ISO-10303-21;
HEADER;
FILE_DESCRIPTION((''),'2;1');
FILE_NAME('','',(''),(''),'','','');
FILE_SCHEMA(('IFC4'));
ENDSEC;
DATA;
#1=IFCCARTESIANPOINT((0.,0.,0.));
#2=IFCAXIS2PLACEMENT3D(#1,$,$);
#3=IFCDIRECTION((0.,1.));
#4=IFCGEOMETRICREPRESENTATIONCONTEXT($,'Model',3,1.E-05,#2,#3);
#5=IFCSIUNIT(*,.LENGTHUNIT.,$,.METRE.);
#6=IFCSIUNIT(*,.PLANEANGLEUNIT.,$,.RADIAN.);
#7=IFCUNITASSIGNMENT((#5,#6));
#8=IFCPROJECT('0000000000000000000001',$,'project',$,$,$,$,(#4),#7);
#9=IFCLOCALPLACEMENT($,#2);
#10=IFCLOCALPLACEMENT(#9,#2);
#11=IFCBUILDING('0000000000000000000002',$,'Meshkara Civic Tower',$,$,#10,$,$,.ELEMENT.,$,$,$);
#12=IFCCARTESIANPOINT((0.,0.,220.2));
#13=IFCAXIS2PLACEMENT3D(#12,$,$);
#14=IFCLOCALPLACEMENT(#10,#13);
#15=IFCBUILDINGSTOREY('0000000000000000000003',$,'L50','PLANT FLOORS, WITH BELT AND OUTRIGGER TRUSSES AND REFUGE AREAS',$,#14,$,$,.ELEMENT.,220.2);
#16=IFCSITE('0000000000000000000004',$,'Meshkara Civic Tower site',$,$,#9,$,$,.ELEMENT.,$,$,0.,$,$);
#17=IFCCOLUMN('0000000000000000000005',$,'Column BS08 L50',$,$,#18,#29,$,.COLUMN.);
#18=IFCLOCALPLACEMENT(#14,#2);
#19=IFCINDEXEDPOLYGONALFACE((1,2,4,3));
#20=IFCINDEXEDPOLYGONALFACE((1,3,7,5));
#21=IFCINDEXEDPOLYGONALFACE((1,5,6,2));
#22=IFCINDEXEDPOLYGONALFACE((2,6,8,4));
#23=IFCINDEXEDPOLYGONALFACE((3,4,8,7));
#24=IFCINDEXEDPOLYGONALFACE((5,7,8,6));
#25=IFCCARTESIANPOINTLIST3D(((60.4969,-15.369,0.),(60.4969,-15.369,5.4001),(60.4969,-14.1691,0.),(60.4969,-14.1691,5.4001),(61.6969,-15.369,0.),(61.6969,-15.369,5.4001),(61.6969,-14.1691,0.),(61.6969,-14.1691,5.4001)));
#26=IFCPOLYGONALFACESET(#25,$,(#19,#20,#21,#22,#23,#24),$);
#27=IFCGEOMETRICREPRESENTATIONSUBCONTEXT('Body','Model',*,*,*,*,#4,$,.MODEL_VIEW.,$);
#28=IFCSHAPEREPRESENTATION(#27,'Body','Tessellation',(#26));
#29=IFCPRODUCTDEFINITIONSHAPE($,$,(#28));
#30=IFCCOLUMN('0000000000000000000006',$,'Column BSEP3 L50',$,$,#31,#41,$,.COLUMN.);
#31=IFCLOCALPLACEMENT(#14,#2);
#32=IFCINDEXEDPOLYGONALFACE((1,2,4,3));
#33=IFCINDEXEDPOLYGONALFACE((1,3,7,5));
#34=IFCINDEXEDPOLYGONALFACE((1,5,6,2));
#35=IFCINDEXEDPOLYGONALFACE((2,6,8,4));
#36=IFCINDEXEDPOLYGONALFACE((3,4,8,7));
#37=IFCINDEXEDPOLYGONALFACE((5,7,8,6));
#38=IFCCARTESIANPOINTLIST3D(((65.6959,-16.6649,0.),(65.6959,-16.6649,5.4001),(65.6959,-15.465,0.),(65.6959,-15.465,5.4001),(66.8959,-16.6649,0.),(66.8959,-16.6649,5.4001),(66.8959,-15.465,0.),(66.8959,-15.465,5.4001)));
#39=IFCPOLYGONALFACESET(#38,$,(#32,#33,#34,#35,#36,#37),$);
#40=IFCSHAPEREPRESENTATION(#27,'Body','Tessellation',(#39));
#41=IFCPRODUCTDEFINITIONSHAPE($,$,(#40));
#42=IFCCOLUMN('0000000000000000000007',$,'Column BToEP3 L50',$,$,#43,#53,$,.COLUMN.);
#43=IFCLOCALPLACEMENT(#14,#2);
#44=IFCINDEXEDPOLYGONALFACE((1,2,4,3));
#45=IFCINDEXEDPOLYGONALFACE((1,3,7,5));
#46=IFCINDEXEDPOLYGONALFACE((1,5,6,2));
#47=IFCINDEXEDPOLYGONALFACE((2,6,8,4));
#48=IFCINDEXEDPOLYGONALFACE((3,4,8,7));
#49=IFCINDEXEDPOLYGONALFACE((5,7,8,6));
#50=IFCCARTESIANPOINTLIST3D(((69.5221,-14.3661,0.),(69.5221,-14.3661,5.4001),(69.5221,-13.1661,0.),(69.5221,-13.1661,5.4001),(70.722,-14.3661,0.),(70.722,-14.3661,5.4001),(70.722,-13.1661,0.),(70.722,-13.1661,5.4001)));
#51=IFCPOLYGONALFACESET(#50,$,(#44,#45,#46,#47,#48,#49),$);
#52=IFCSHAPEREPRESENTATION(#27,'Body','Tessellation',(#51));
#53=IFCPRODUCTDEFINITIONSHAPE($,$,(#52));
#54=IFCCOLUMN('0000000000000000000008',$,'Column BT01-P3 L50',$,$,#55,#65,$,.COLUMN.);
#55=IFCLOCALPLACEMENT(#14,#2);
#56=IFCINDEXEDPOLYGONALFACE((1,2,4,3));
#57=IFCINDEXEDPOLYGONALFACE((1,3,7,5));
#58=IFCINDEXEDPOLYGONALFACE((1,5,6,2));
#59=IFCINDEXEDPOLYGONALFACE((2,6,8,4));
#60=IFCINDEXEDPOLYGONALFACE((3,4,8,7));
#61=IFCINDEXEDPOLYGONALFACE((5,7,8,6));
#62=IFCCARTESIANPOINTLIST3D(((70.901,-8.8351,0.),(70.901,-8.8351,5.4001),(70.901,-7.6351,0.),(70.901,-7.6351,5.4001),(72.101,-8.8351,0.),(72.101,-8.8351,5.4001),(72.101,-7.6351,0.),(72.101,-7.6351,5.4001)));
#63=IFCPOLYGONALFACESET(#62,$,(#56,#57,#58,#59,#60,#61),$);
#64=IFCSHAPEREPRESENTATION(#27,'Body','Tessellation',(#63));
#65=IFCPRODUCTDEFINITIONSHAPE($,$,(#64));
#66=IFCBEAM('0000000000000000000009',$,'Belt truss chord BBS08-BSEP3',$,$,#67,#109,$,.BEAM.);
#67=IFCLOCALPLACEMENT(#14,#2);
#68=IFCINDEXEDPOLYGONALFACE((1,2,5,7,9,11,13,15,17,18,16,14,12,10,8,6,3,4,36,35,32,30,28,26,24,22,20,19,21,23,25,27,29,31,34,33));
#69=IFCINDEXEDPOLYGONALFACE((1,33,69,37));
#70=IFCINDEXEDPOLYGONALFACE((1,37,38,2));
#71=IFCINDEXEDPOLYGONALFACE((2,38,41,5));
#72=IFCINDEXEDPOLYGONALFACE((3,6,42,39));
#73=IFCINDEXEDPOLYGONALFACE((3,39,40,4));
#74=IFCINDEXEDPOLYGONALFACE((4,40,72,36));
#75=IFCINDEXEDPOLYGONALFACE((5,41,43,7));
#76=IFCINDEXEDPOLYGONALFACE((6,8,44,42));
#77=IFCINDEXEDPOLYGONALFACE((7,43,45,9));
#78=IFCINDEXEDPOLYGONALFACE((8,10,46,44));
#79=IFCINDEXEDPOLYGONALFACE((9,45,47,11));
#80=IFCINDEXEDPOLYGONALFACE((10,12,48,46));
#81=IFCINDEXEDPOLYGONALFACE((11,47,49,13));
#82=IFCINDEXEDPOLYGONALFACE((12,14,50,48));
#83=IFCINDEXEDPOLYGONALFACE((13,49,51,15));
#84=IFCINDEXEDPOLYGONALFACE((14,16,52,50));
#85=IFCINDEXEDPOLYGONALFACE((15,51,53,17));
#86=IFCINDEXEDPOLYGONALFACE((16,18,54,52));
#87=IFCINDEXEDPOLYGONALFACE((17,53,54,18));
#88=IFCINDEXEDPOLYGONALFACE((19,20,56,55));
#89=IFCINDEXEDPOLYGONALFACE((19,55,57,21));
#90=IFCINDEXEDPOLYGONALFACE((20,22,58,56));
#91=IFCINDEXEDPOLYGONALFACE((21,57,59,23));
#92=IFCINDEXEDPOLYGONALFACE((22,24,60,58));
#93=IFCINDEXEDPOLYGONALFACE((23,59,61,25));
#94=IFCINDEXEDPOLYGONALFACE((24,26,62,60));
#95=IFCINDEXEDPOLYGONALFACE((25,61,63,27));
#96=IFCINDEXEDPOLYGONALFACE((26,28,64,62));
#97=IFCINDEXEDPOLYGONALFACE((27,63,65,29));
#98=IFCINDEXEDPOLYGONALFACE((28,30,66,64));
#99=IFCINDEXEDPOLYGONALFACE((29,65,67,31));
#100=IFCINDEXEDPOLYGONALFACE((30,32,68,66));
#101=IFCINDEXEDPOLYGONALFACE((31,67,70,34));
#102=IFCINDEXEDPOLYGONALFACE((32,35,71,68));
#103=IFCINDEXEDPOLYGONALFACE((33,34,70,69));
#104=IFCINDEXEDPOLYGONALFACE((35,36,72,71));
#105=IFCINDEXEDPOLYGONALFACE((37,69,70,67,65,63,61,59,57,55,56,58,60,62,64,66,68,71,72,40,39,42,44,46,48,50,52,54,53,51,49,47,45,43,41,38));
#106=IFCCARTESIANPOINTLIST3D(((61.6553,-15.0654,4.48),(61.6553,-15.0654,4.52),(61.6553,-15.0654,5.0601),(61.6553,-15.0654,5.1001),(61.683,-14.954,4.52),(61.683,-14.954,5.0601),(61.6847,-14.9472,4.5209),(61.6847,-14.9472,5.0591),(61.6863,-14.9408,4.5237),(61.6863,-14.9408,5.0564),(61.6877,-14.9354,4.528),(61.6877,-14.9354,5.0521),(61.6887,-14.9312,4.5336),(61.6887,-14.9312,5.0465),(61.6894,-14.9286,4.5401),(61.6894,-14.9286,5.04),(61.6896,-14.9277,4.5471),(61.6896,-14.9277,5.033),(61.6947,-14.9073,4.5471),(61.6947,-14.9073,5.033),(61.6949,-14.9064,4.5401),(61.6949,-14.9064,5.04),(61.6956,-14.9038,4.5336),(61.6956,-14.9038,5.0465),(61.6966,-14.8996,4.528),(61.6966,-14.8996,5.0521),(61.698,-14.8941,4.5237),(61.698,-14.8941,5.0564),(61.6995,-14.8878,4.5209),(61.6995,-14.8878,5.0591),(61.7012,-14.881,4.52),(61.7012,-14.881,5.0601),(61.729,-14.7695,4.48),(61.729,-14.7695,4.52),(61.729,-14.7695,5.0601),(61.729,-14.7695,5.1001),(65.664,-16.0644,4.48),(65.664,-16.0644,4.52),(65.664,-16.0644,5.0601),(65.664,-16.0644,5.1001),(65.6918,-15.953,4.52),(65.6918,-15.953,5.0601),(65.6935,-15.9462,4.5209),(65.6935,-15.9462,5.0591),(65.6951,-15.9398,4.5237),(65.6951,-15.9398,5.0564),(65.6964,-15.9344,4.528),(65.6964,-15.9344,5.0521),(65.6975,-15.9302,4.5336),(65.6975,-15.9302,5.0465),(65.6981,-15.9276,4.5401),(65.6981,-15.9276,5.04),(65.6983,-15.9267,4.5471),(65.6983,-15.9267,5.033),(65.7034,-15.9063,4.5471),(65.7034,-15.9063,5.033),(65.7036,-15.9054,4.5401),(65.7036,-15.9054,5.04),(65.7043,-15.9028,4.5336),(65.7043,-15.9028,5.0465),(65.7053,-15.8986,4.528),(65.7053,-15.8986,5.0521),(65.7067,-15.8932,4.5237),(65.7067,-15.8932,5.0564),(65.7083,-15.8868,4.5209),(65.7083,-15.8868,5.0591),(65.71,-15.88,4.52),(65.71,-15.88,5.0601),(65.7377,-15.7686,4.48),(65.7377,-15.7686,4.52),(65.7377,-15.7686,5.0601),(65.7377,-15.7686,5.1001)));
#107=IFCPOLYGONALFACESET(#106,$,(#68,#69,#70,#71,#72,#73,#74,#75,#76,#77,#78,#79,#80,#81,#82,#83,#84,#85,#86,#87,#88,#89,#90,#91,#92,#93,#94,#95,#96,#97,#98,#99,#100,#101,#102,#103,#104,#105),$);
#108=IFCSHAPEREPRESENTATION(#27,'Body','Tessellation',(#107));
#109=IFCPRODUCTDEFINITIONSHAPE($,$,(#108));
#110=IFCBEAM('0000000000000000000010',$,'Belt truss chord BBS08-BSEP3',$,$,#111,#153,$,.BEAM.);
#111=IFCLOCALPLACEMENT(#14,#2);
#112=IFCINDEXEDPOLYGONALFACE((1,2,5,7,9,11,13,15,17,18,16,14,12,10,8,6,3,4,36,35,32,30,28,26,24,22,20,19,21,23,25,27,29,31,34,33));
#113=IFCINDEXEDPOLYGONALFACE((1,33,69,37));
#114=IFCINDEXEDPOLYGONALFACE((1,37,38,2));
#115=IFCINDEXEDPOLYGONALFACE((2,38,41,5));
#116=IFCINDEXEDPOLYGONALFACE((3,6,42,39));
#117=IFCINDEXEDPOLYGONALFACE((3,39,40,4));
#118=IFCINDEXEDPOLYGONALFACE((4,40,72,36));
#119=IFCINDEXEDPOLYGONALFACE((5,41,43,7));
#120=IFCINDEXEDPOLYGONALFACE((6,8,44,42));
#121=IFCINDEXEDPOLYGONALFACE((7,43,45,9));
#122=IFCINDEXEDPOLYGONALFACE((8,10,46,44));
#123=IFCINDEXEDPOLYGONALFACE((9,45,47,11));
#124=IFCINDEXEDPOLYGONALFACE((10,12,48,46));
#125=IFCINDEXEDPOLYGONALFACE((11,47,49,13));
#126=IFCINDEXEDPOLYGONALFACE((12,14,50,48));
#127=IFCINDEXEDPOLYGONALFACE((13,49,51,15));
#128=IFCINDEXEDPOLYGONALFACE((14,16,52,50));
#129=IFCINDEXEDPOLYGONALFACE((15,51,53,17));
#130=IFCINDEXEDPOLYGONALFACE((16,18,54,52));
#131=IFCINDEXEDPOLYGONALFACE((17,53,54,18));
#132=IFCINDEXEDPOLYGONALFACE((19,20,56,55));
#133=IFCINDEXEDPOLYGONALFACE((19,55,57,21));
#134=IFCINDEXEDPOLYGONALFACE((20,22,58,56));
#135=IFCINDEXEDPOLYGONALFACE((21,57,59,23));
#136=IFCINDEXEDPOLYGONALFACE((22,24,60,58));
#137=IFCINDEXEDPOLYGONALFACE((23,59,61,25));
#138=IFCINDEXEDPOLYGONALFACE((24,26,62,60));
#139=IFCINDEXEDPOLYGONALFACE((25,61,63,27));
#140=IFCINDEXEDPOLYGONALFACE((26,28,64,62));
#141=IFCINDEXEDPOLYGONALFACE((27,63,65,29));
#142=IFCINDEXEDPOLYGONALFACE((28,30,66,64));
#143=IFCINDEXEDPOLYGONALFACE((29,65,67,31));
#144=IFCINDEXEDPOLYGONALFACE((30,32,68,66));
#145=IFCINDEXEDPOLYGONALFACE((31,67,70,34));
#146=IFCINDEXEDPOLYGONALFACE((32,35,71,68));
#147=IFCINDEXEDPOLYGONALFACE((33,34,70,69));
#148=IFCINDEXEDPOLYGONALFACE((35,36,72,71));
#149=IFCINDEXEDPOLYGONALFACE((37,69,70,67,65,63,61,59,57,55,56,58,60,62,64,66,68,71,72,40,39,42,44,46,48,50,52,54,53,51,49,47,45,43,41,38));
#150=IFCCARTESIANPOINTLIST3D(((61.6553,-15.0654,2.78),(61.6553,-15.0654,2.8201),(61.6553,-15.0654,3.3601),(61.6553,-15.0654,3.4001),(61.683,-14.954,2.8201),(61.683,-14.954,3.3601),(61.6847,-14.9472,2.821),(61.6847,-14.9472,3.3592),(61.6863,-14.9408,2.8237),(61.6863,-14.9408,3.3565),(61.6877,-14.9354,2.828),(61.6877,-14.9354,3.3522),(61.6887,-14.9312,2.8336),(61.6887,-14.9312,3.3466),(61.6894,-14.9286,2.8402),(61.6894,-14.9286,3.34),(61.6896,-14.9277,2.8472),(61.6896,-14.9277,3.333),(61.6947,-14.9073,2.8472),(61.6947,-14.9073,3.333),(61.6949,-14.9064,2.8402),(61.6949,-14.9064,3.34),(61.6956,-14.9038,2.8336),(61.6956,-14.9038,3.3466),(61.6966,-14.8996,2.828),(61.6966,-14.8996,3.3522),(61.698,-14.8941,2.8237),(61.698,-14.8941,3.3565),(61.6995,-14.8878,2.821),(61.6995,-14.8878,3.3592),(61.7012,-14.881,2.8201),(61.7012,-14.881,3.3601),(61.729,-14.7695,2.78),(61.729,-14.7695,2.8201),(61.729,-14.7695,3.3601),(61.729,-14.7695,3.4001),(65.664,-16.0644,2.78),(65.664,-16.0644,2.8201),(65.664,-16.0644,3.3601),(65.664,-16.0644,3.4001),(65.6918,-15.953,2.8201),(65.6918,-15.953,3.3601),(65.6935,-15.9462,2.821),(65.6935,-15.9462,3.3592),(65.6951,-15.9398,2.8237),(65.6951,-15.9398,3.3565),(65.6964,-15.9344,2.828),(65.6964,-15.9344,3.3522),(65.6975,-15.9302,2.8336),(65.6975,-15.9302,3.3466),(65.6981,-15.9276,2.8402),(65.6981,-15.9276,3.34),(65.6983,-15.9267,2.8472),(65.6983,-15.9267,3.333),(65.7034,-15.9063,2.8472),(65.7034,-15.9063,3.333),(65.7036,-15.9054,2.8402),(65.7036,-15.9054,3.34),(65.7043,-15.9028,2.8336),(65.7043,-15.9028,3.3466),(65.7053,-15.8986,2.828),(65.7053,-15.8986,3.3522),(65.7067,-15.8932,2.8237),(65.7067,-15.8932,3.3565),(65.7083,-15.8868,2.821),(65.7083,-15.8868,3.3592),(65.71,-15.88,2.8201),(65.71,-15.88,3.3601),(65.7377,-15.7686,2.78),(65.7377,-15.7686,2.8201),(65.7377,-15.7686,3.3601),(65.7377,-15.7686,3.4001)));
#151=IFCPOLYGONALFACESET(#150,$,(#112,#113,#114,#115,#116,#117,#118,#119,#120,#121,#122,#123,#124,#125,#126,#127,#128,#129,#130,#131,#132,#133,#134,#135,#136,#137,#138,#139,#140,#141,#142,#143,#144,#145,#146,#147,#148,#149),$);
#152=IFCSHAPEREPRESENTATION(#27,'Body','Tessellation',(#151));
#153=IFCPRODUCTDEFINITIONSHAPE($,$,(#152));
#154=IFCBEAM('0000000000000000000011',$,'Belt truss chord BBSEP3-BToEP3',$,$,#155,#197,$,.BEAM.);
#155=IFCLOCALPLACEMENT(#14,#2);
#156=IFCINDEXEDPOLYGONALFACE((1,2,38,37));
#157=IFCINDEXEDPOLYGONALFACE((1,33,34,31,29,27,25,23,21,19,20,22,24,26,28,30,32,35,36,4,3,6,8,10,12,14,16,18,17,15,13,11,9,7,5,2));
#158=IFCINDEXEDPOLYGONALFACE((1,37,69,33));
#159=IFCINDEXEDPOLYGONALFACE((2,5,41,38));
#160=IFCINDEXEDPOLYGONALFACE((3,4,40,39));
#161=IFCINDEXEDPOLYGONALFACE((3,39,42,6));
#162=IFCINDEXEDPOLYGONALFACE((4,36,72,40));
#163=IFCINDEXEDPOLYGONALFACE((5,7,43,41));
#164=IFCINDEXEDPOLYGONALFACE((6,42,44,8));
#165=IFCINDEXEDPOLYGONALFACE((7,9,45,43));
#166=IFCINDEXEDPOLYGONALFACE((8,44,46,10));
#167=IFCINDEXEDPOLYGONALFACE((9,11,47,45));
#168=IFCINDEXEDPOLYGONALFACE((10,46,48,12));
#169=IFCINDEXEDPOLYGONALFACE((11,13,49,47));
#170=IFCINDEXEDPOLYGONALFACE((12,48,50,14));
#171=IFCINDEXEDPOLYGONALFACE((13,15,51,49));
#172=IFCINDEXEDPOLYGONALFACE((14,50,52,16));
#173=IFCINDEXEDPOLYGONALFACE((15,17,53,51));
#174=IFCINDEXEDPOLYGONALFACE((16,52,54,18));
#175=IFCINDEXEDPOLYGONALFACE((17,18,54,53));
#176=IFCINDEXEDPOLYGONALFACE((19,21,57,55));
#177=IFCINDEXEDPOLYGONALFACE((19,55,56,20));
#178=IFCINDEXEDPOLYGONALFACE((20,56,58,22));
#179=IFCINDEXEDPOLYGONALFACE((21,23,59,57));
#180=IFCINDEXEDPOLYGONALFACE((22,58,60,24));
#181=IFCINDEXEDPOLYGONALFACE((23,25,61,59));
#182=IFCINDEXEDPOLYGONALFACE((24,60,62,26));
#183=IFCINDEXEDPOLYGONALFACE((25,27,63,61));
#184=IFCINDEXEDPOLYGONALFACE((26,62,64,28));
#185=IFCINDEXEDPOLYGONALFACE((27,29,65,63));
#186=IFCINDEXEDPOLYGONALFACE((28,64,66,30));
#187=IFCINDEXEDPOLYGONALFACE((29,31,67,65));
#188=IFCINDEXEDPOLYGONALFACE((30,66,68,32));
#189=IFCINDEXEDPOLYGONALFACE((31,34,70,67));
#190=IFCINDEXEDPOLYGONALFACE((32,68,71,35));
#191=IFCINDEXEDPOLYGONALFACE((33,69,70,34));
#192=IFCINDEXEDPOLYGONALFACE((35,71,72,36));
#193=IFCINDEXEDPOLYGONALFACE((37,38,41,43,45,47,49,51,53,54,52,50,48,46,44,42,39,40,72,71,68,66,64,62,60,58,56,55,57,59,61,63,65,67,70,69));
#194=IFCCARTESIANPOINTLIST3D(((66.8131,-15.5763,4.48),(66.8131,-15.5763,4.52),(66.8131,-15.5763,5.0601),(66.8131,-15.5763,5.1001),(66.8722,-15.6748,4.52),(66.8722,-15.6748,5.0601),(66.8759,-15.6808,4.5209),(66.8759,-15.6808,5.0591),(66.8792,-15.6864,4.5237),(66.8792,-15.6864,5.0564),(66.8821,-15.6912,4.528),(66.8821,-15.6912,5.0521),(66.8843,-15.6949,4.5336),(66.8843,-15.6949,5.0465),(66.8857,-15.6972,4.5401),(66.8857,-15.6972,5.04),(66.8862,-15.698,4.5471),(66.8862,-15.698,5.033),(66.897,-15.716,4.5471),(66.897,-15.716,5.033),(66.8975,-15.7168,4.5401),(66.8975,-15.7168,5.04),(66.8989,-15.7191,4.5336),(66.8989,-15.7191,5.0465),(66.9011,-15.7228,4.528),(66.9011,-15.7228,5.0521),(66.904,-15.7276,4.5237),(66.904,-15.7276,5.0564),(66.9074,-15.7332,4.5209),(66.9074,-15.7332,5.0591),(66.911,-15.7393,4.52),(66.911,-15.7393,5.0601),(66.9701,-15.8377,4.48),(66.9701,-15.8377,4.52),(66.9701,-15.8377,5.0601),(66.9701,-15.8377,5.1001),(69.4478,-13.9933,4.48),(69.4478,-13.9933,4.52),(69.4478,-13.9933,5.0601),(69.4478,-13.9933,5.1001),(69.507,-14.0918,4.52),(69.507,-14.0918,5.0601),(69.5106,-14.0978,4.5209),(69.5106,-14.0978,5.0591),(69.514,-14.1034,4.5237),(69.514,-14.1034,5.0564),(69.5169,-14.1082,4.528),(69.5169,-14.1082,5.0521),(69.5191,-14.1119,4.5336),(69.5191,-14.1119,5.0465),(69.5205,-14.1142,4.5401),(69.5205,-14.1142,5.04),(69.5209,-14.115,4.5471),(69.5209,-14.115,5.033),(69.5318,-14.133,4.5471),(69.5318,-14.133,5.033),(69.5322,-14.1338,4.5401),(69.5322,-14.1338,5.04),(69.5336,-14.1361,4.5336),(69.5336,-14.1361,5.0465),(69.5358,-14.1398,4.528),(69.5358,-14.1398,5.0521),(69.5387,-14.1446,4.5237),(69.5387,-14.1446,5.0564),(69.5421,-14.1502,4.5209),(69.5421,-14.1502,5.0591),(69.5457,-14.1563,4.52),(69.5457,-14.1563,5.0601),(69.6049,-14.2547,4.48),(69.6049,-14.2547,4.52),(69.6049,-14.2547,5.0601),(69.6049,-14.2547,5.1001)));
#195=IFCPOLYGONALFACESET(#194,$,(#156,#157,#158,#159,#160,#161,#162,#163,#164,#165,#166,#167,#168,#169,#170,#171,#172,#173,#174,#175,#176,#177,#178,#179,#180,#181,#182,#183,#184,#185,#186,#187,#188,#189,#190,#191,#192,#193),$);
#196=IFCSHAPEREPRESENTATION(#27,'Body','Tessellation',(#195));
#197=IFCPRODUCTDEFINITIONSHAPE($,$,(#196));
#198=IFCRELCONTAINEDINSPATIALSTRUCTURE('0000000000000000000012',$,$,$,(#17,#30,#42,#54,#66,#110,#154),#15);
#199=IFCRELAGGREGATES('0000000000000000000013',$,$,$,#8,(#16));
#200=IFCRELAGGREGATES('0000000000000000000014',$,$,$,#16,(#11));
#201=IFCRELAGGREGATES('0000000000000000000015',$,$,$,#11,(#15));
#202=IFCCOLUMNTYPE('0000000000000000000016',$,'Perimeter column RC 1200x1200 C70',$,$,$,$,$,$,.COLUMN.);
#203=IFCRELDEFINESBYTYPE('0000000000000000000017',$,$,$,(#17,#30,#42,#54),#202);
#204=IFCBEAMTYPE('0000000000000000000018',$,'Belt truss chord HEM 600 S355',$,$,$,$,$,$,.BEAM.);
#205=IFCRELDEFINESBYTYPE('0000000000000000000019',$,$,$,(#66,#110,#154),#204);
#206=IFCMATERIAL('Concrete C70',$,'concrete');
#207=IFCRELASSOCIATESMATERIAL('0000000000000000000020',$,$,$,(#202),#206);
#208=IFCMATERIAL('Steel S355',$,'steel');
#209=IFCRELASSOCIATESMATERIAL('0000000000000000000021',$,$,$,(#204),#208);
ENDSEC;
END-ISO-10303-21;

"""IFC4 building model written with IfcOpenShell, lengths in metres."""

from ifc_helpers import new_model, si_unit, direction, frame, origin, origin_2d, place, context, subcontext, project, spatial, rectangle, i_section, extrude, material, material_profile, profile_set, type_object, element, save


model = new_model("IFC4")

# Units and contexts
model_context = context("Model", 3, precision=1e-05, world=origin(), true_north=direction((0.0, 1.0)))
body_context = subcontext(model_context, "Body", "Model", "MODEL_VIEW")
ifc_project = project(units=[si_unit("LENGTHUNIT", "METRE"), si_unit("PLANEANGLEUNIT", "RADIAN")], contexts=[model_context])

# Site, building, storey
site_placement = place(None, origin())
site = spatial("IfcSite", under=ifc_project, at=site_placement, Name="Meshkara Civic Tower site", CompositionType="ELEMENT", RefElevation=0.0)
building_placement = place(site_placement, origin())
building = spatial("IfcBuilding", under=site, at=building_placement, Name="Meshkara Civic Tower", CompositionType="ELEMENT")
storey_placement = place(building_placement, frame((0.0, 0.0, 220.2)))
storey = spatial("IfcBuildingStorey", under=building, at=storey_placement, Name="L50", Description="PLANT FLOORS, WITH BELT AND OUTRIGGER TRUSSES AND REFUGE AREAS", CompositionType="ELEMENT", Elevation=220.2)

# Columns
ifc_material_1 = material(Name="Concrete C70", Category="concrete")
ifc_material_profile_1 = material_profile(ifc_material_1, rectangle(XDim=1.2, YDim=1.2, at=origin_2d()))
ifc_profile_set_1 = profile_set([ifc_material_profile_1], Name="Concrete C70")
column_type = type_object("IfcColumnType", Name="Perimeter column RC 1200x1200 C70", PredefinedType="COLUMN", material=ifc_profile_set_1)
for number, where, z_axis, x_axis, name in (
    (1, (61.0969, -14.769, 0.0), (0.0, 0.0, 1.0), (1.0, 0.0, 0.0), "Column BS08 L50"),
    (2, (66.2959, -16.0649, 0.0), (0.0, 0.0, 1.0), (1.0, 0.0, 0.0), "Column BSEP3 L50"),
    (3, (70.1221, -13.7661, 0.0), (0.0, 0.0, 1.0), (1.0, 0.0, 0.0), "Column BToEP3 L50"),
    (4, (71.501, -8.2351, 0.0), (0.0, 0.0, 1.0), (1.0, 0.0, 0.0), "Column BT01-P3 L50"),
):
    element("IfcColumn", number, at=place(storey_placement, frame(where, z_axis=z_axis, x_axis=x_axis)), inside=storey, type_object=column_type, Name=name, PredefinedType="COLUMN", context=body_context, shape_type="SweptSolid", body=[
        extrude(rectangle(XDim=1.2, YDim=1.2, at=origin_2d()), origin(), (0.0, 0.0, 1.0), 5.4001),
    ])

# Beams
ifc_material_2 = material(Name="Steel S355", Category="steel")
ifc_material_profile_2 = material_profile(ifc_material_2, i_section(OverallWidth=0.3049, OverallDepth=0.6201, WebThickness=0.021, FlangeThickness=0.04, FilletRadius=0.0271, at=origin_2d()))
ifc_profile_set_2 = profile_set([ifc_material_profile_2], Name="Steel S355")
beam_type = type_object("IfcBeamType", Name="Belt truss chord HEM 600 S355", PredefinedType="BEAM", material=ifc_profile_set_2)
for number, where, z_axis, x_axis, name in (
    (5, (61.6921, -14.9175, 4.79), (0.970323, -0.241813, 0.0), (0.241813, 0.970323, 0.0), "Belt truss chord BBS08-BSEP3"),
    (6, (61.6921, -14.9175, 3.0901), (0.970323, -0.241813, 0.0), (0.241813, 0.970323, 0.0), "Belt truss chord BBS08-BSEP3"),
):
    element("IfcBeam", number, at=place(storey_placement, frame(where, z_axis=z_axis, x_axis=x_axis)), inside=storey, type_object=beam_type, Name=name, PredefinedType="BEAM", context=body_context, shape_type="SweptSolid", body=[
        extrude(i_section(OverallWidth=0.3049, OverallDepth=0.6201, WebThickness=0.021, FlangeThickness=0.04, FilletRadius=0.0271, at=origin_2d()), origin(), (0.0, 0.0, 1.0), 4.1313),
    ])
for number, where, z_axis, x_axis, name in (
    (7, (66.8916, -15.707, 4.79), (0.857184, 0.51501, 0.0), (-0.51501, 0.857184, 0.0), "Belt truss chord BBSEP3-BToEP3"),
):
    element("IfcBeam", number, at=place(storey_placement, frame(where, z_axis=z_axis, x_axis=x_axis)), inside=storey, type_object=beam_type, Name=name, PredefinedType="BEAM", context=body_context, shape_type="SweptSolid", body=[
        extrude(i_section(OverallWidth=0.3049, OverallDepth=0.6201, WebThickness=0.021, FlangeThickness=0.04, FilletRadius=0.0271, at=origin_2d()), origin(), (0.0, 0.0, 1.0), 3.0737),
    ])

save(model, "model.ifc")
